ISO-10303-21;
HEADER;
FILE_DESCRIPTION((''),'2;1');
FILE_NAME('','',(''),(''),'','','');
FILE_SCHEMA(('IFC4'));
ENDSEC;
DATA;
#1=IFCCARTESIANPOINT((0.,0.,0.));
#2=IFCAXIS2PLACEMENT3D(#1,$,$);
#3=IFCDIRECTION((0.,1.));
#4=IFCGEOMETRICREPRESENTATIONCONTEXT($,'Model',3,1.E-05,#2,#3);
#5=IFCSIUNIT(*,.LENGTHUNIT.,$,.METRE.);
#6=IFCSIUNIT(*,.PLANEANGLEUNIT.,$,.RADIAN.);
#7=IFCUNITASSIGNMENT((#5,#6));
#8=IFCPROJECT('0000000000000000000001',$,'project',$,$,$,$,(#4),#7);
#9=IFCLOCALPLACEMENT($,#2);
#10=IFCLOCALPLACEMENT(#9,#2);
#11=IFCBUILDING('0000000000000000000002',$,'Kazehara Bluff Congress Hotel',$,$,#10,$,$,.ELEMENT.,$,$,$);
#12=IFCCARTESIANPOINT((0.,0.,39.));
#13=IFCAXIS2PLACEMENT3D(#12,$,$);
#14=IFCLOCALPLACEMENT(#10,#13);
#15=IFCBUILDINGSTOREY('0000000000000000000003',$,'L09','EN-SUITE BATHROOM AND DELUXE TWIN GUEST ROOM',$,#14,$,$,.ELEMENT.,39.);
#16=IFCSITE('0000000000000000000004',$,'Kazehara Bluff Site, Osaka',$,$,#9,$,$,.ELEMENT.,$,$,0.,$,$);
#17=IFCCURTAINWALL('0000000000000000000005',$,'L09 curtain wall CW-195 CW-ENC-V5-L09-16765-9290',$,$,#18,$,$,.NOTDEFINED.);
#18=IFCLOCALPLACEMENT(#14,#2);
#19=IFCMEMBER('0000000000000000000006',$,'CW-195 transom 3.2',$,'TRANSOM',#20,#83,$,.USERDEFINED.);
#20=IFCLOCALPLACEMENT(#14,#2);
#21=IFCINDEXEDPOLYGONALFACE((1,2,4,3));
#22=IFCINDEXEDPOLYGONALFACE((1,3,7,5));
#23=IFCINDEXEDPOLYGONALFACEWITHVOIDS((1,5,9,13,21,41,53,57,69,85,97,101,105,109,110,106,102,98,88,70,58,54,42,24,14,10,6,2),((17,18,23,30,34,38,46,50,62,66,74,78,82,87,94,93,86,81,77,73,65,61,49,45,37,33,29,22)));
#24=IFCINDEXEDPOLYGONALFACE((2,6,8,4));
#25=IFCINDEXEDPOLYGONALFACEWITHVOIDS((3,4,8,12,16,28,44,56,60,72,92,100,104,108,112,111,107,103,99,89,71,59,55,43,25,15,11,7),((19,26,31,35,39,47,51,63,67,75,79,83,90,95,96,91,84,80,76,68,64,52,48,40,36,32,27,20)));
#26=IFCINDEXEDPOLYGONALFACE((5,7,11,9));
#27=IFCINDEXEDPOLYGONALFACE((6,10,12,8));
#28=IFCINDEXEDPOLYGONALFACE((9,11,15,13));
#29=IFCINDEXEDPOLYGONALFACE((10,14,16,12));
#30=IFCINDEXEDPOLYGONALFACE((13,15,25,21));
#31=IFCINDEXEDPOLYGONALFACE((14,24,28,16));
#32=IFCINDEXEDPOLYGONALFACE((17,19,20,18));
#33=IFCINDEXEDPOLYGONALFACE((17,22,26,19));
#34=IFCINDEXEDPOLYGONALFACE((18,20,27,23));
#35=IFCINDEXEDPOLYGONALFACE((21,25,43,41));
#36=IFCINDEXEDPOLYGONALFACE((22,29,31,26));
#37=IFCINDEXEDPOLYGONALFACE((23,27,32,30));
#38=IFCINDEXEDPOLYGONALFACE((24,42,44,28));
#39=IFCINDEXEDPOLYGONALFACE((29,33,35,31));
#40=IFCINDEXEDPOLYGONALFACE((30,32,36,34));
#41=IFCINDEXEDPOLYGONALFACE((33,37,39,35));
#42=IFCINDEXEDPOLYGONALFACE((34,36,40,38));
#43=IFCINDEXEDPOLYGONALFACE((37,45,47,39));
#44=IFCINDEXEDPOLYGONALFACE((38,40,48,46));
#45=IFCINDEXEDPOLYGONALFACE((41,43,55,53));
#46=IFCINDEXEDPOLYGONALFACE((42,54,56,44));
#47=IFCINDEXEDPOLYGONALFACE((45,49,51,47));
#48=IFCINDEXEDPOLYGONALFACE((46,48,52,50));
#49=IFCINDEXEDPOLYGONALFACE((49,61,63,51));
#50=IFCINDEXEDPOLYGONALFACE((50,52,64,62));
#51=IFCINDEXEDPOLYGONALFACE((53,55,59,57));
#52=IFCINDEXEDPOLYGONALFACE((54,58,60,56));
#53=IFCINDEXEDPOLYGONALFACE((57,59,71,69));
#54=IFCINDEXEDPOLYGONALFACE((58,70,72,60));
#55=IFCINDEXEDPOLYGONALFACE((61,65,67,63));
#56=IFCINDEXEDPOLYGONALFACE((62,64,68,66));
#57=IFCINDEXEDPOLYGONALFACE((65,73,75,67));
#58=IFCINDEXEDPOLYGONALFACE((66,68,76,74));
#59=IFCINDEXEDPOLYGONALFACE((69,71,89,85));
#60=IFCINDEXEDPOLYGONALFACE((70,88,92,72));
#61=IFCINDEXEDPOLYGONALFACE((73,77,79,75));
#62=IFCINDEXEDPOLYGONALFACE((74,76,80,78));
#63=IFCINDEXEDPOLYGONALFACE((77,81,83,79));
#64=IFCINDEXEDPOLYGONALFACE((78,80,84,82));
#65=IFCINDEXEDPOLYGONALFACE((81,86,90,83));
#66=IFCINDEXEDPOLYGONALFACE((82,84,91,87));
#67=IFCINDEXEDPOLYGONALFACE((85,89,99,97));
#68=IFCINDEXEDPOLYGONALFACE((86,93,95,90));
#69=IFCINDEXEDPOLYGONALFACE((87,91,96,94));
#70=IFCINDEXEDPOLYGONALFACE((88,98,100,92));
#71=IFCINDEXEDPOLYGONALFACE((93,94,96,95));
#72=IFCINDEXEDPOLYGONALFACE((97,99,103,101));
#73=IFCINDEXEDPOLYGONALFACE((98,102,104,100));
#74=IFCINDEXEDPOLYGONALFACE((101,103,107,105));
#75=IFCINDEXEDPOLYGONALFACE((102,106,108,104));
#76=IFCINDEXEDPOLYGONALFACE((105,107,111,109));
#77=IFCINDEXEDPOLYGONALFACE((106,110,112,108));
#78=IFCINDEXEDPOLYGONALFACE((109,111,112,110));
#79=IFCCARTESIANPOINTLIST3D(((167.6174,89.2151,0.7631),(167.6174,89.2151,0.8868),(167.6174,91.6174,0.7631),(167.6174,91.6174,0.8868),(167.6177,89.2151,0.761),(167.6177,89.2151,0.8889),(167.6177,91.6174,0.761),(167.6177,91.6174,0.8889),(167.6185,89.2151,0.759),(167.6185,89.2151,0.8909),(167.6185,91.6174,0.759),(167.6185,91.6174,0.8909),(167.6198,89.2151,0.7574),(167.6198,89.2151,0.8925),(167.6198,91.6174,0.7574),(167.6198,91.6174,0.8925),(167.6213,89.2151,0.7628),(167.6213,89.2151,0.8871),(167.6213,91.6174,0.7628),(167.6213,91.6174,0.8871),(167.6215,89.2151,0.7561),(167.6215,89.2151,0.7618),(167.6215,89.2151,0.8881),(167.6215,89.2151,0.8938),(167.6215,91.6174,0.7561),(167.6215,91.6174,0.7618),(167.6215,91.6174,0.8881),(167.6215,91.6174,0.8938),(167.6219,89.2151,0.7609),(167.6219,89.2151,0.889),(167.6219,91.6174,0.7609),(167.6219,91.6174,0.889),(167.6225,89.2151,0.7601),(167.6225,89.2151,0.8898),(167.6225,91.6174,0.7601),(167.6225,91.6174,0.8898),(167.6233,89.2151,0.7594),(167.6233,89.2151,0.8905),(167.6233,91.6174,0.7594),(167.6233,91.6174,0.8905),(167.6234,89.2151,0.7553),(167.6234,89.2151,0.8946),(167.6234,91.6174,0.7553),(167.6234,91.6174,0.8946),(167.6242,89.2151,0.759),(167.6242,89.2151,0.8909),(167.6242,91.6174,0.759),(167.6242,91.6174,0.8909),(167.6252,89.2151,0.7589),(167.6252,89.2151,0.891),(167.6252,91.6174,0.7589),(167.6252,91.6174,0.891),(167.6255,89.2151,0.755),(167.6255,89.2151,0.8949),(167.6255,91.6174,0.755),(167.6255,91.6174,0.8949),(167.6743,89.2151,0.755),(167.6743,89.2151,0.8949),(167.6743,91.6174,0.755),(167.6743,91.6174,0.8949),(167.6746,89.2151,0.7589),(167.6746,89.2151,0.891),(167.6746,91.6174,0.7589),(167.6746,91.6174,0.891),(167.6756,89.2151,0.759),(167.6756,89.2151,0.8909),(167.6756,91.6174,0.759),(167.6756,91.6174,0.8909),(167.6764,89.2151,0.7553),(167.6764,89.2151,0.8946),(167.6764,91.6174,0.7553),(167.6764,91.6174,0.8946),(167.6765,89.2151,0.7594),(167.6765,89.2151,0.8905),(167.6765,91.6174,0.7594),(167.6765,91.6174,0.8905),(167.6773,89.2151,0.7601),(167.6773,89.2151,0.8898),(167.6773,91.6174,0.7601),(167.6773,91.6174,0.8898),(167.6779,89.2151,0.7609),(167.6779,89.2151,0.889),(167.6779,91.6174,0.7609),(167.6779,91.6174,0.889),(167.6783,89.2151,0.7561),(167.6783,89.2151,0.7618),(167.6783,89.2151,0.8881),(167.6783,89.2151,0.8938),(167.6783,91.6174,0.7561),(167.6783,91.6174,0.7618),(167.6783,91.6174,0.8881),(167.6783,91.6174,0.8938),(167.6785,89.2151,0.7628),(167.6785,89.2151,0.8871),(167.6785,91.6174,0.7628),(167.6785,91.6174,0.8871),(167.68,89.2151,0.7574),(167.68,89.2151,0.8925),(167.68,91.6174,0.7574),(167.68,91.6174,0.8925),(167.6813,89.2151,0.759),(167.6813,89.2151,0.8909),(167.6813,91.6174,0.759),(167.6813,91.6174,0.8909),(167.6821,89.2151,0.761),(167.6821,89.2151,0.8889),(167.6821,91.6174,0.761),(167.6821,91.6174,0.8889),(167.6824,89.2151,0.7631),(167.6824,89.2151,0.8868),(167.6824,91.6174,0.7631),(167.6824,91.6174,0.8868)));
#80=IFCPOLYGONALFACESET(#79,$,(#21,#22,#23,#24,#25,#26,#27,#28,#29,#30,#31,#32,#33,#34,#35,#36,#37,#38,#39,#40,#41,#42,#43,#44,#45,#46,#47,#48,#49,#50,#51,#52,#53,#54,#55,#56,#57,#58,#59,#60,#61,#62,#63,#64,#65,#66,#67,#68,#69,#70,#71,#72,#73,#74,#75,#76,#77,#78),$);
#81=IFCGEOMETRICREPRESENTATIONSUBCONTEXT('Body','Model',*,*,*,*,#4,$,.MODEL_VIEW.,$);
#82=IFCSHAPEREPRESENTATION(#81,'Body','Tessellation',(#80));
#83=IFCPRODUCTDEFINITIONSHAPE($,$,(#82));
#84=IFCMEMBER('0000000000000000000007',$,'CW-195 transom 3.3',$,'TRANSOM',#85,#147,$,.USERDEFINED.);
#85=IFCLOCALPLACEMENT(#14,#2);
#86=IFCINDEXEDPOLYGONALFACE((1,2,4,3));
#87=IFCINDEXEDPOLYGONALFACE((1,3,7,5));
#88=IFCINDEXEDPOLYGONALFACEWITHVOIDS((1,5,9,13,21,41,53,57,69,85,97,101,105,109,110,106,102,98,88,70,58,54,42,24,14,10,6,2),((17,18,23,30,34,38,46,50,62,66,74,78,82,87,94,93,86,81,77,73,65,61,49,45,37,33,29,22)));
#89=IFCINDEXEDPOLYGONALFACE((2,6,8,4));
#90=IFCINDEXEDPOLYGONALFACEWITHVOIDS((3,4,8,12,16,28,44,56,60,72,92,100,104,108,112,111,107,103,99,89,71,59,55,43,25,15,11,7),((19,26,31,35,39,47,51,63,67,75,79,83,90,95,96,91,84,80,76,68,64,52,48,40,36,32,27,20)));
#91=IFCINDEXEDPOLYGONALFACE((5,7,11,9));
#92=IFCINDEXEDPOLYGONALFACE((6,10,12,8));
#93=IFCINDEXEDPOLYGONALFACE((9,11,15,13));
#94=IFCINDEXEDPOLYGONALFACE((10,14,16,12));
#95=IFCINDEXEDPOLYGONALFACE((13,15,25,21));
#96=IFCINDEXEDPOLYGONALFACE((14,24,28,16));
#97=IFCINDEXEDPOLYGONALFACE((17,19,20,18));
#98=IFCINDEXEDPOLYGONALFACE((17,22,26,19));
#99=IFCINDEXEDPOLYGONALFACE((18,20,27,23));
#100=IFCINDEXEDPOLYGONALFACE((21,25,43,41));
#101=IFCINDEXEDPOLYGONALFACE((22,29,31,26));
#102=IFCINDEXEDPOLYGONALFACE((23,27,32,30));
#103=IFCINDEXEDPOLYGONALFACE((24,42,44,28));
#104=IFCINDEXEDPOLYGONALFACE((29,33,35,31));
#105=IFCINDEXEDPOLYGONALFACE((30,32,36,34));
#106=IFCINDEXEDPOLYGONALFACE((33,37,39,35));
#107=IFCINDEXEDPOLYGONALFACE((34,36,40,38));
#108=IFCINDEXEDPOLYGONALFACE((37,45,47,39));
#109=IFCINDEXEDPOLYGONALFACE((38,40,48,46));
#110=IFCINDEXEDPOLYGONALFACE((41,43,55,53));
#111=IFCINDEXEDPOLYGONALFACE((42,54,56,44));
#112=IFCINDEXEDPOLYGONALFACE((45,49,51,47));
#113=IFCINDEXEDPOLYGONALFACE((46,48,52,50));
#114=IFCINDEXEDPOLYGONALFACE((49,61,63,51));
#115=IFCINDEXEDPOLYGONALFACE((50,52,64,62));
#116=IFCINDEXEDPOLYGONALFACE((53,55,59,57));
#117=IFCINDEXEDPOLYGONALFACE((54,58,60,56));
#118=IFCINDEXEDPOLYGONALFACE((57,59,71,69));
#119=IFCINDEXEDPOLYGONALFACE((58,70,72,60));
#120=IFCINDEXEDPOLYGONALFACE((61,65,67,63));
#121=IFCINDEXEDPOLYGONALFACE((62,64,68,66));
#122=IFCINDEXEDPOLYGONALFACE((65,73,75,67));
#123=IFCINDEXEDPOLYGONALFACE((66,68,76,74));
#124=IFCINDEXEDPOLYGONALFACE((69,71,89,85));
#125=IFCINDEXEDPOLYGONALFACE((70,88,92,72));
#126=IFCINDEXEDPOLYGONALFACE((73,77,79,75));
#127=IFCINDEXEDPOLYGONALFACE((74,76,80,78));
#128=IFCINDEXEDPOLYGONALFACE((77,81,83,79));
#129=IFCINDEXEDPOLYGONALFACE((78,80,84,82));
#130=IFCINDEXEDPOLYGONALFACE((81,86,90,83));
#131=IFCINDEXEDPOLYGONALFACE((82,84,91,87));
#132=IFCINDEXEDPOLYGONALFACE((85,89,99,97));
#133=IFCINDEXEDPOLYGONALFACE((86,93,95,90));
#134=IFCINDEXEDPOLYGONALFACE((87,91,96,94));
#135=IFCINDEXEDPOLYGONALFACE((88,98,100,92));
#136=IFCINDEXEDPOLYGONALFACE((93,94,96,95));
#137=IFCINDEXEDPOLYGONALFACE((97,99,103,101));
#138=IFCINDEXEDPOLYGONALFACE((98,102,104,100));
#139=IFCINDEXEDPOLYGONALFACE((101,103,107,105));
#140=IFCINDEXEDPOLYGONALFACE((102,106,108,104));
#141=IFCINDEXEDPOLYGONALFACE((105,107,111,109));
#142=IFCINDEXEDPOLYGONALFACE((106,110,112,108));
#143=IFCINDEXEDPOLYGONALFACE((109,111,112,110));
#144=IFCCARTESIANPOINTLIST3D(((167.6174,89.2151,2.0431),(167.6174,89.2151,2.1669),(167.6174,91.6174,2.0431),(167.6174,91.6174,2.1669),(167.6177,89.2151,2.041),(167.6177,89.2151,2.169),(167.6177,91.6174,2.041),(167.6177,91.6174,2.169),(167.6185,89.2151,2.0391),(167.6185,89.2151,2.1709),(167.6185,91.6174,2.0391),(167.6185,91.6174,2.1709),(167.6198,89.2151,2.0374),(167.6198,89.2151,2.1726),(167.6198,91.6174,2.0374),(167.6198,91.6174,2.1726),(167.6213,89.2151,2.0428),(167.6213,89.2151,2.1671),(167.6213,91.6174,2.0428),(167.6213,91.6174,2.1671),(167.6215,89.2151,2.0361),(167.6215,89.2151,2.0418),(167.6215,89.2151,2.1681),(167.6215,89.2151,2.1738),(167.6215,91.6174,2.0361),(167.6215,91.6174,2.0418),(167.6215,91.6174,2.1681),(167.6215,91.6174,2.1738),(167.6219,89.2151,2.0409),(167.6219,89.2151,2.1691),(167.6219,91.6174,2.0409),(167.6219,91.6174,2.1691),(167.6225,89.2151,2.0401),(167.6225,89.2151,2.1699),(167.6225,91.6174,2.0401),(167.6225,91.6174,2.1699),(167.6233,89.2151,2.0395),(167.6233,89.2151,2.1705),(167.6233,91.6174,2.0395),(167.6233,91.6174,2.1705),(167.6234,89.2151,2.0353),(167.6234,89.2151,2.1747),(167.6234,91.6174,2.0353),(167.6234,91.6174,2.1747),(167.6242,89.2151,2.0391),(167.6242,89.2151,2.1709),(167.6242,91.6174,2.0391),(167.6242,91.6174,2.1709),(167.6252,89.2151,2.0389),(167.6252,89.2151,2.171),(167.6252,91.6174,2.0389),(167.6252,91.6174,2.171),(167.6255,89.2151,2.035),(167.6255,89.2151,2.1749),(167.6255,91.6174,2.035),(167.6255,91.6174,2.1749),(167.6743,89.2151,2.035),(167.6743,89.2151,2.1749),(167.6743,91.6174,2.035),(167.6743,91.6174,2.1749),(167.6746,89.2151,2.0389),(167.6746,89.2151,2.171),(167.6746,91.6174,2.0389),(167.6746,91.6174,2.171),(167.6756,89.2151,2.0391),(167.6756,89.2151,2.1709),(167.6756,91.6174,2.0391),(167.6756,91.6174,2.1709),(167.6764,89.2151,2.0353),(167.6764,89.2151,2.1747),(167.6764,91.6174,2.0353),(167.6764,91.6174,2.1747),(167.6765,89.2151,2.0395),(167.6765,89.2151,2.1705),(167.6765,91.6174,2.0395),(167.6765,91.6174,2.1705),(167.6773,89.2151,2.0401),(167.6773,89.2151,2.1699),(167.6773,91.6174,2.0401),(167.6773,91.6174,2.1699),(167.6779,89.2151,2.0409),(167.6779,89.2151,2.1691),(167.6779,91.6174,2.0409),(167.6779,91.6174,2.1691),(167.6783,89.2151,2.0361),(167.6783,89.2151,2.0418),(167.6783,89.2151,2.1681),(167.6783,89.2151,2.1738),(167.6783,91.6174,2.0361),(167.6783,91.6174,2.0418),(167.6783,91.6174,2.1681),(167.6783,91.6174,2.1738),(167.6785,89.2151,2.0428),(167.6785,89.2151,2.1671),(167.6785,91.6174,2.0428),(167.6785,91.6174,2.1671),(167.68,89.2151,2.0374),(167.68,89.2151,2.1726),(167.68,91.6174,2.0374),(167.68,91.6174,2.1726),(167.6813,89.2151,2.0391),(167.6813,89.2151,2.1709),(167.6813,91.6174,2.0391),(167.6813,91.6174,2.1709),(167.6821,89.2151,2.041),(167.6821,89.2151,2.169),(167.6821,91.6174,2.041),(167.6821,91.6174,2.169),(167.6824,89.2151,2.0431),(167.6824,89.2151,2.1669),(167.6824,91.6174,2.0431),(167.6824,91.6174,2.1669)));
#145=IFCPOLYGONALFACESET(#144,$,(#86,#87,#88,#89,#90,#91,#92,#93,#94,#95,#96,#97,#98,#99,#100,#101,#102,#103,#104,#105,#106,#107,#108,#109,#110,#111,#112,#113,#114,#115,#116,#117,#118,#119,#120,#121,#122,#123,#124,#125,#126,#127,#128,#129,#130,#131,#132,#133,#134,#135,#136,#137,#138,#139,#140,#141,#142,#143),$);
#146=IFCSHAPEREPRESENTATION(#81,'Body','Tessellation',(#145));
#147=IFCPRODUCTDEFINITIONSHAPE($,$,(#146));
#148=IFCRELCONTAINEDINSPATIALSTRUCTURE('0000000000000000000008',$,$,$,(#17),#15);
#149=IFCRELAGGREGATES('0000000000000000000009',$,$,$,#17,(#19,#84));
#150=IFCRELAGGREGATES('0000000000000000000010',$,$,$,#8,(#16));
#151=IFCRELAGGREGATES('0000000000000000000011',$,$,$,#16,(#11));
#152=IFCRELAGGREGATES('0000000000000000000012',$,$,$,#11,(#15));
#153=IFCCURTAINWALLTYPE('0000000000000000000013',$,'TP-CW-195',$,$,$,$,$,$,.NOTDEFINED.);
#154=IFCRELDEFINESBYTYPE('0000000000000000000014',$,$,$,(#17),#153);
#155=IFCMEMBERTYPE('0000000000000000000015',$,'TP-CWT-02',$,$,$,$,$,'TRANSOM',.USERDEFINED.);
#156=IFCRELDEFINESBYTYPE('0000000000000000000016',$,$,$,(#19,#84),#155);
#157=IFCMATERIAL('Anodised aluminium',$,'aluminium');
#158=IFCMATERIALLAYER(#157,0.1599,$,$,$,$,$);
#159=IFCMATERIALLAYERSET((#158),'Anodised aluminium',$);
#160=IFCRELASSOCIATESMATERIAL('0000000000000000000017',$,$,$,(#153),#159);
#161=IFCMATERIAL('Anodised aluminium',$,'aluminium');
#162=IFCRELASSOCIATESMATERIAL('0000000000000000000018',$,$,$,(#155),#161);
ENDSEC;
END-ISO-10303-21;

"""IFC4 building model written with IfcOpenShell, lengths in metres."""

from ifc_helpers import new_model, si_unit, direction, frame, origin, origin_2d, place, context, subcontext, project, spatial, hollow_rectangle, extrude, material, layer, layer_set, material_profile, profile_set, type_object, element, aggregate, save


model = new_model("IFC4")

# Units and contexts
model_context = context("Model", 3, precision=1e-05, world=origin(), true_north=direction((0.0, 1.0)))
body_context = subcontext(model_context, "Body", "Model", "MODEL_VIEW")
ifc_project = project(units=[si_unit("LENGTHUNIT", "METRE"), si_unit("PLANEANGLEUNIT", "RADIAN")], contexts=[model_context])

# Site, building, storey
site_placement = place(None, origin())
site = spatial("IfcSite", under=ifc_project, at=site_placement, Name="Kazehara Bluff Site, Osaka", CompositionType="ELEMENT", RefElevation=0.0)
building_placement = place(site_placement, origin())
building = spatial("IfcBuilding", under=site, at=building_placement, Name="Kazehara Bluff Congress Hotel", CompositionType="ELEMENT")
storey_placement = place(building_placement, frame((0.0, 0.0, 39.0)))
storey = spatial("IfcBuildingStorey", under=building, at=storey_placement, Name="L09", Description="EN-SUITE BATHROOM AND DELUXE TWIN GUEST ROOM", CompositionType="ELEMENT", Elevation=39.0)

# Curtain wall
ifc_material_1 = material(Name="Anodised aluminium", Category="aluminium")
ifc_layer_1 = layer(ifc_material_1, 0.1599)
ifc_layer_set_1 = layer_set([ifc_layer_1], Name="Anodised aluminium")
curtain_wall_type_1 = type_object("IfcCurtainWallType", Name="TP-CW-195", PredefinedType="NOTDEFINED", material=ifc_layer_set_1)
curtain_wall_1_placement = place(storey_placement, origin())
curtain_wall_1 = element("IfcCurtainWall", 1, at=curtain_wall_1_placement, inside=storey, type_object=curtain_wall_type_1, Name="L09 curtain wall CW-195 CW-ENC-V5-L09-16765-9290", PredefinedType="NOTDEFINED")

# Members
ifc_material_2 = material(Name="Anodised aluminium", Category="aluminium")
ifc_material_profile_1 = material_profile(ifc_material_2, hollow_rectangle(XDim=0.0649, YDim=0.1399, WallThickness=0.0039, InnerFilletRadius=0.0039, OuterFilletRadius=0.0081, at=origin_2d()))
ifc_profile_set_1 = profile_set([ifc_material_profile_1], Name="Anodised aluminium")
member_type_1 = type_object("IfcMemberType", Name="TP-CWT-02", ElementType="TRANSOM", PredefinedType="USERDEFINED", material=ifc_profile_set_1)
member_1_placement = place(storey_placement, frame((167.6499, 91.6174, 0.825), z_axis=(0.0, -1.0, 0.0), x_axis=(1.0, 0.0, 0.0)))
member_1 = element("IfcMember", 2, at=member_1_placement, type_object=member_type_1, Name="CW-195 transom 3.2", ObjectType="TRANSOM", PredefinedType="USERDEFINED", context=body_context, shape_type="SweptSolid", body=[
    extrude(hollow_rectangle(XDim=0.0649, YDim=0.1399, WallThickness=0.0039, InnerFilletRadius=0.0039, OuterFilletRadius=0.0081, at=origin_2d()), origin(), (0.0, 0.0, 1.0), 2.4023),
])
member_2_placement = place(storey_placement, frame((167.6499, 91.6174, 2.105), z_axis=(0.0, -1.0, 0.0), x_axis=(1.0, 0.0, 0.0)))
member_2 = element("IfcMember", 3, at=member_2_placement, type_object=member_type_1, Name="CW-195 transom 3.3", ObjectType="TRANSOM", PredefinedType="USERDEFINED", context=body_context, shape_type="SweptSolid", body=[
    extrude(hollow_rectangle(XDim=0.0649, YDim=0.1399, WallThickness=0.0039, InnerFilletRadius=0.0039, OuterFilletRadius=0.0081, at=origin_2d()), origin(), (0.0, 0.0, 1.0), 2.4023),
])

aggregate(curtain_wall_1, [member_1, member_2])

save(model, "model.ifc")
